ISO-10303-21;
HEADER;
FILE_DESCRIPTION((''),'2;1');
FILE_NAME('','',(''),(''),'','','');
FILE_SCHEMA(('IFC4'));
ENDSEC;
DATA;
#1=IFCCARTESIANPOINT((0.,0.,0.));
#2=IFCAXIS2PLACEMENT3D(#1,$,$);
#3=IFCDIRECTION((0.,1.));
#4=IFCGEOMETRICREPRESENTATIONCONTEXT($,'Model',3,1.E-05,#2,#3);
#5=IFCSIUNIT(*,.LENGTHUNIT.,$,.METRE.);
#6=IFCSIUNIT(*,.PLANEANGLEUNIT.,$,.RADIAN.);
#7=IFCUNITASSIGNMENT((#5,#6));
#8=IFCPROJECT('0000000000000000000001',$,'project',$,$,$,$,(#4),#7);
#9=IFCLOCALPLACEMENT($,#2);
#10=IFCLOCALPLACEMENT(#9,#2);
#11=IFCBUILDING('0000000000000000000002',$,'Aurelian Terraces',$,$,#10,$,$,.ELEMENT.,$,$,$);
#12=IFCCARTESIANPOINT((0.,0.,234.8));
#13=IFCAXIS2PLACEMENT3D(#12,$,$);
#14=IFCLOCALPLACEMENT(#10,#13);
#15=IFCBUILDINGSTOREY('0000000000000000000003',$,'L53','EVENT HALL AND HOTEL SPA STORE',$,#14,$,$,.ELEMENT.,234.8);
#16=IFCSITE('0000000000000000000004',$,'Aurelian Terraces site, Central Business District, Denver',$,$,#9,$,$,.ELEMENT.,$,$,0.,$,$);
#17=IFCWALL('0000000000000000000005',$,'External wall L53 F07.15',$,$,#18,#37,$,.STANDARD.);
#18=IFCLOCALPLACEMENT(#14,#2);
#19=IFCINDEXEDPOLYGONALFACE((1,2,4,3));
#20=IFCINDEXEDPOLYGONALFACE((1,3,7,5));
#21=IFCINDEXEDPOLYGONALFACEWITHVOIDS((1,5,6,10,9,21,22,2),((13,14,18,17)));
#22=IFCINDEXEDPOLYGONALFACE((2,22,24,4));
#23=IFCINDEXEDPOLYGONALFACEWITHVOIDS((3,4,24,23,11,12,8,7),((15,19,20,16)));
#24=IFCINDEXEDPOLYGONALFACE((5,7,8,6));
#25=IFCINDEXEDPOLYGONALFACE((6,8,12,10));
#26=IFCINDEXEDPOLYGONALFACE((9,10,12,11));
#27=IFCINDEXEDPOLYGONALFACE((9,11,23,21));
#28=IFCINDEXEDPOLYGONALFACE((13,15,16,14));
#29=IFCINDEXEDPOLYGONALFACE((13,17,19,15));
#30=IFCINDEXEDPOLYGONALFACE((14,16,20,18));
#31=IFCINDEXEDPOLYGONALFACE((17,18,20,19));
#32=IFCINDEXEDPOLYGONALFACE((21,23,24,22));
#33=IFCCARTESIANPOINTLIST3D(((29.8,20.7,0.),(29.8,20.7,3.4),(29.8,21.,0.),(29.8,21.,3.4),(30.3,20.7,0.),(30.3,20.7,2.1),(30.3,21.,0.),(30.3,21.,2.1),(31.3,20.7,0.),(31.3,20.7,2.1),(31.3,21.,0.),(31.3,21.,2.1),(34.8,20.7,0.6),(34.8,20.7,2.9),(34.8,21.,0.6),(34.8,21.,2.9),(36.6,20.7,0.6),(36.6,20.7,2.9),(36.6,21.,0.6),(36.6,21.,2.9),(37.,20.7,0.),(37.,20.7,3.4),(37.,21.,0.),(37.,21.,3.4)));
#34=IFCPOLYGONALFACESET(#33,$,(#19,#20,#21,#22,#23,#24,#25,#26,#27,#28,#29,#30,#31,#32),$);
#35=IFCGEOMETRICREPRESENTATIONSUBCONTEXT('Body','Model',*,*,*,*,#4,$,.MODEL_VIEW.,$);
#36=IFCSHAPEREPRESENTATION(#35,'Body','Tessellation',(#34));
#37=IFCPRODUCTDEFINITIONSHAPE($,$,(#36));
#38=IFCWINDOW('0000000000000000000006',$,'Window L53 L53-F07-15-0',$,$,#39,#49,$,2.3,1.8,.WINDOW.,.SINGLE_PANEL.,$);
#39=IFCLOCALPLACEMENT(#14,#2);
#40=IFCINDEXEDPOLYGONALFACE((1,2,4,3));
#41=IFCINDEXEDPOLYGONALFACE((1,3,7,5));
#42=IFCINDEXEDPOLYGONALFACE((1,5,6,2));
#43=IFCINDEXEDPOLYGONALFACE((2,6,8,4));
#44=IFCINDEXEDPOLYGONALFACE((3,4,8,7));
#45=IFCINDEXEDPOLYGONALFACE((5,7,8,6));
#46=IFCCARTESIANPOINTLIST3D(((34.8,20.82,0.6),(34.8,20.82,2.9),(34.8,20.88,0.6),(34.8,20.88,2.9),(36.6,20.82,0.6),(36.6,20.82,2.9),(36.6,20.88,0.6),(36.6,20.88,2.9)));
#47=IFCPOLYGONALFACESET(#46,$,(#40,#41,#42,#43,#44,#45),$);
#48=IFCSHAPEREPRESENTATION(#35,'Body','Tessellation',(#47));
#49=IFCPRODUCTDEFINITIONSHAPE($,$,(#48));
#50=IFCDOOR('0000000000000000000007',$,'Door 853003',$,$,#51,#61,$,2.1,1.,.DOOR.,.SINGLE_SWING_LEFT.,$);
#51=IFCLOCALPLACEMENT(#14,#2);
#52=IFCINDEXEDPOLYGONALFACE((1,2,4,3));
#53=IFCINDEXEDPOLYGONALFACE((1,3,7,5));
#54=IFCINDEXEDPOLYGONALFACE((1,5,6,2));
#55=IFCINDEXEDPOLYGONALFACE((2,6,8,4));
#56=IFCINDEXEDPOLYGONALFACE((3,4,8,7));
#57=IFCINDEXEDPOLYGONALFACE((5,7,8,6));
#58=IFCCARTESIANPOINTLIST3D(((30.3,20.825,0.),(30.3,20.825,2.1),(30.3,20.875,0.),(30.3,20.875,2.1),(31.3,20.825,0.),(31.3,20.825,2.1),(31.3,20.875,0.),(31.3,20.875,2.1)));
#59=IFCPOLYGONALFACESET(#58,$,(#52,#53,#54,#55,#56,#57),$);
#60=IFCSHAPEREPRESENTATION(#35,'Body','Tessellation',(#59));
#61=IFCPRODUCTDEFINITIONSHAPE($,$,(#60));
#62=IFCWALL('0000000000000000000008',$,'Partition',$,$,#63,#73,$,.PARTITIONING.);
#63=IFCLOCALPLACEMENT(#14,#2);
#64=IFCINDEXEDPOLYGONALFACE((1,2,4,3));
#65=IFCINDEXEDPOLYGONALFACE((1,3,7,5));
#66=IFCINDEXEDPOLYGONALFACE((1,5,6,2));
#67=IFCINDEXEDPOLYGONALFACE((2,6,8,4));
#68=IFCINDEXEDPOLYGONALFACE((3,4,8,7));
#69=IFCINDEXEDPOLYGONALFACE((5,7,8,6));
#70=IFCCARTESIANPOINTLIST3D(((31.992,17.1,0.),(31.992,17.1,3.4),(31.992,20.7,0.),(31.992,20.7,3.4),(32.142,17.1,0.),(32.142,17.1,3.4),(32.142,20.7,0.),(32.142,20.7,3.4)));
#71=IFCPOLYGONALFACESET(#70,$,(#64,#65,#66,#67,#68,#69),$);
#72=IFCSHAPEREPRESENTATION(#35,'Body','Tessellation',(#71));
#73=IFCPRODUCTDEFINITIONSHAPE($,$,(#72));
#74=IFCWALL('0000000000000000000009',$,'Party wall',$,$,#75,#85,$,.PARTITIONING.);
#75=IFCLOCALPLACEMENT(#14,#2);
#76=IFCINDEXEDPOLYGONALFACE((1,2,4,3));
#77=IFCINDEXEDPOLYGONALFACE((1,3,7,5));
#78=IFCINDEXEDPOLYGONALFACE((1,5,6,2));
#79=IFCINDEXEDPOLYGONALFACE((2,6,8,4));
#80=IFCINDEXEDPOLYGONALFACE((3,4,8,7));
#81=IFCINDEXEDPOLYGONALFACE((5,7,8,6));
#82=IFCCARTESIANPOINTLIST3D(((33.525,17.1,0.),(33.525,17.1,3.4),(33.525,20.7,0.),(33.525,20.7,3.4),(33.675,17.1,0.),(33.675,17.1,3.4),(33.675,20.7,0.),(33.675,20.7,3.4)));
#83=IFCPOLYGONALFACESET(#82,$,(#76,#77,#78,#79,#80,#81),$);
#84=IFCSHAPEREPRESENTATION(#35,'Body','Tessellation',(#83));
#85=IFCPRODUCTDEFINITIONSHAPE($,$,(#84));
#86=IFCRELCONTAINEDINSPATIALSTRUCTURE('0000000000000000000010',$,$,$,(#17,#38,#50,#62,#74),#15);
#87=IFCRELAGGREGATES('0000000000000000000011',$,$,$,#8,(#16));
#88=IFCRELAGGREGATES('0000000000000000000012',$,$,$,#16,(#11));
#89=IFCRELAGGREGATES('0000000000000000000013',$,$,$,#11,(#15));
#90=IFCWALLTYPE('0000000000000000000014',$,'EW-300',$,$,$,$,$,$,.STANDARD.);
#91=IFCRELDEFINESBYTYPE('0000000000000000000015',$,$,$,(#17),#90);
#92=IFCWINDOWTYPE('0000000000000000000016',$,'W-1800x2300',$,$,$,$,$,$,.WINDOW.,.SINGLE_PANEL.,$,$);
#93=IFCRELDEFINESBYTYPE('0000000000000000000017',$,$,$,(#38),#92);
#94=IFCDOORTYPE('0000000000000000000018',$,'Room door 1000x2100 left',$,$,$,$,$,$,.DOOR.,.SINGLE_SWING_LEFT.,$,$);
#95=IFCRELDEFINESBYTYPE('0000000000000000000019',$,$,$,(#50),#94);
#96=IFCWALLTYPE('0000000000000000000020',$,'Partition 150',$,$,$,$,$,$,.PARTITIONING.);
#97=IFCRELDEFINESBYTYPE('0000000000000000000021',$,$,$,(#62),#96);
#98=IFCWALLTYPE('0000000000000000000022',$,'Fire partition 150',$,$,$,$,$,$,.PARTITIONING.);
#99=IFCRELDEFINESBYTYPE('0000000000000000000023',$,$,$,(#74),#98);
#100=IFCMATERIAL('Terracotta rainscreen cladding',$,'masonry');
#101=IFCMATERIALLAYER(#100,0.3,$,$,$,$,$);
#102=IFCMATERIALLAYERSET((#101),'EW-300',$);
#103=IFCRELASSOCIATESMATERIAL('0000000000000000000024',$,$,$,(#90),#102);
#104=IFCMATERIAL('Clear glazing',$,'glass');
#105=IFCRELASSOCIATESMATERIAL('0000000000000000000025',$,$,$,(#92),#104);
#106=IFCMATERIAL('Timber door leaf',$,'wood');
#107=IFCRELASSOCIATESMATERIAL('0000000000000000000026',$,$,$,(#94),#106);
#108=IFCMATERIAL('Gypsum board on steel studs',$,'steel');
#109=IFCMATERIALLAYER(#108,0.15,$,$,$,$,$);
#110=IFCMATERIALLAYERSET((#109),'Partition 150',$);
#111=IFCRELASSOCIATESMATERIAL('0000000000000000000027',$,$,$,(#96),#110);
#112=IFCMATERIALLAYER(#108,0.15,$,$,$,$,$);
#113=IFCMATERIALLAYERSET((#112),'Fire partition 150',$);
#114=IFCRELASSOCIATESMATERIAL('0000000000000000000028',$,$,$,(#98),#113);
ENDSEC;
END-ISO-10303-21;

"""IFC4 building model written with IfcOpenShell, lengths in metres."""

from ifc_helpers import new_model, si_unit, direction, frame, frame_2d, origin, place, context, subcontext, project, spatial, rectangle, extrude, source, transform, mapped, material, layer, layer_set, type_object, element, fill, save


model = new_model("IFC4")

# Units and contexts
model_context = context("Model", 3, precision=1e-05, world=origin(), true_north=direction((0.0, 1.0)))
body_context = subcontext(model_context, "Body", "Model", "MODEL_VIEW")
ifc_project = project(units=[si_unit("LENGTHUNIT", "METRE"), si_unit("PLANEANGLEUNIT", "RADIAN")], contexts=[model_context])

# Site, building, storey
site_placement = place(None, origin())
site = spatial("IfcSite", under=ifc_project, at=site_placement, Name="Aurelian Terraces site, Central Business District, Denver", CompositionType="ELEMENT", RefElevation=0.0)
building_placement = place(site_placement, origin())
building = spatial("IfcBuilding", under=site, at=building_placement, Name="Aurelian Terraces", CompositionType="ELEMENT")
storey_placement = place(building_placement, frame((0.0, 0.0, 234.8)))
storey = spatial("IfcBuildingStorey", under=building, at=storey_placement, Name="L53", Description="EVENT HALL AND HOTEL SPA STORE", CompositionType="ELEMENT", Elevation=234.8)

# Shared definitions
ifc_material_1 = material(Name="Clear glazing", Category="glass")

# Wall, openings, window, door
ifc_material_2 = material(Name="Terracotta rainscreen cladding", Category="masonry")
ifc_layer_1 = layer(ifc_material_2, 0.3)
ifc_layer_set_1 = layer_set([ifc_layer_1], Name="EW-300")
wall_type_1 = type_object("IfcWallType", Name="EW-300", PredefinedType="STANDARD", material=ifc_layer_set_1)
shared_shape_1 = source(origin(), body_context, "Body", "SweptSolid", [
    extrude(rectangle(XDim=7.2, YDim=0.3, at=frame_2d((3.6, 0.0))), origin(), (0.0, 0.0, 1.0), 3.4),
])
wall_1_placement = place(storey_placement, frame((37.0, 20.85, 0.0), z_axis=(0.0, 0.0, 1.0), x_axis=(-1.0, 0.0, 0.0)))
wall_1 = element("IfcWall", 1, at=wall_1_placement, inside=storey, type_object=wall_type_1, Name="External wall L53 F07.15", PredefinedType="STANDARD", context=body_context, shape_type="MappedRepresentation", body=[
    mapped(shared_shape_1, transform((0.0, 0.0, 0.0), scale=1.0)),
])
shared_shape_2 = source(origin(), body_context, "Body", "SweptSolid", [
    extrude(rectangle(XDim=1.8, YDim=2.3, at=frame_2d((0.9, 1.15))), frame((0.0, 0.16, 0.0), z_axis=(0.0, -1.0, 0.0), x_axis=(1.0, 0.0, 0.0)), (0.0, 0.0, 1.0), 0.32),
])
opening_1_placement = place(wall_1_placement, frame((0.4, 0.0, 0.6)))
opening_1 = element("IfcOpeningElement", 2, at=opening_1_placement, cuts=wall_1, PredefinedType="OPENING", context=body_context, shape_type="MappedRepresentation", body=[
    mapped(shared_shape_2, transform((0.0, 0.0, 0.0), scale=1.0)),
])
shared_shape_3 = source(origin(), body_context, "Body", "SweptSolid", [
    extrude(rectangle(XDim=1.0, YDim=2.1, at=frame_2d((0.5, 1.05))), frame((0.0, 0.16, 0.0), z_axis=(0.0, -1.0, 0.0), x_axis=(1.0, 0.0, 0.0)), (0.0, 0.0, 1.0), 0.32),
])
opening_2_placement = place(wall_1_placement, frame((5.7, 0.0, 0.0)))
opening_2 = element("IfcOpeningElement", 3, at=opening_2_placement, cuts=wall_1, PredefinedType="OPENING", context=body_context, shape_type="MappedRepresentation", body=[
    mapped(shared_shape_3, transform((0.0, 0.0, 0.0), scale=1.0)),
])
window_type_1 = type_object("IfcWindowType", Name="W-1800x2300", PartitioningType="SINGLE_PANEL", PredefinedType="WINDOW", material=ifc_material_1)
shared_shape_4 = source(origin(), body_context, "Body", "SweptSolid", [
    extrude(rectangle(XDim=1.8, YDim=2.3, at=frame_2d((0.9, 1.15))), frame((0.0, 0.03, 0.0), z_axis=(0.0, -1.0, 0.0), x_axis=(1.0, 0.0, 0.0)), (0.0, 0.0, 1.0), 0.06),
])
window_1_placement = place(opening_1_placement, origin())
window_1 = element("IfcWindow", 4, at=window_1_placement, inside=storey, type_object=window_type_1, Name="Window L53 L53-F07-15-0", OverallHeight=2.3, OverallWidth=1.8, PartitioningType="SINGLE_PANEL", PredefinedType="WINDOW", context=body_context, shape_type="MappedRepresentation", body=[
    mapped(shared_shape_4, transform((0.0, 0.0, 0.0), scale=1.0)),
])
fill(opening_1, window_1)
ifc_material_3 = material(Name="Timber door leaf", Category="wood")
door_type = type_object("IfcDoorType", Name="Room door 1000x2100 left", OperationType="SINGLE_SWING_LEFT", PredefinedType="DOOR", material=ifc_material_3)
shared_shape_5 = source(origin(), body_context, "Body", "SweptSolid", [
    extrude(rectangle(XDim=1.0, YDim=2.1, at=frame_2d((0.5, 1.05))), frame((0.0, 0.025, 0.0), z_axis=(0.0, -1.0, 0.0), x_axis=(1.0, 0.0, 0.0)), (0.0, 0.0, 1.0), 0.05),
])
door_placement = place(opening_2_placement, origin())
door = element("IfcDoor", 5, at=door_placement, inside=storey, type_object=door_type, Name="Door 853003", OperationType="SINGLE_SWING_LEFT", OverallHeight=2.1, OverallWidth=1.0, PredefinedType="DOOR", context=body_context, shape_type="MappedRepresentation", body=[
    mapped(shared_shape_5, transform((0.0, 0.0, 0.0), scale=1.0)),
])
fill(opening_2, door)

# Walls
ifc_material_4 = material(Name="Gypsum board on steel studs", Category="steel")
ifc_layer_2 = layer(ifc_material_4, 0.15)
ifc_layer_set_2 = layer_set([ifc_layer_2], Name="Partition 150")
wall_type_2 = type_object("IfcWallType", Name="Partition 150", PredefinedType="PARTITIONING", material=ifc_layer_set_2)
shared_shape_6 = source(origin(), body_context, "Body", "SweptSolid", [
    extrude(rectangle(XDim=3.6, YDim=0.15, at=frame_2d((1.8, 0.0))), origin(), (0.0, 0.0, 1.0), 3.4),
])
wall_2_placement = place(storey_placement, frame((32.067, 20.7, 0.0), z_axis=(0.0, 0.0, 1.0), x_axis=(0.0, -1.0, 0.0)))
element("IfcWall", 6, at=wall_2_placement, inside=storey, type_object=wall_type_2, Name="Partition", PredefinedType="PARTITIONING", context=body_context, shape_type="MappedRepresentation", body=[
    mapped(shared_shape_6, transform((0.0, 0.0, 0.0), scale=1.0)),
])
ifc_layer_3 = layer(ifc_material_4, 0.15)
ifc_layer_set_3 = layer_set([ifc_layer_3], Name="Fire partition 150")
wall_type_3 = type_object("IfcWallType", Name="Fire partition 150", PredefinedType="PARTITIONING", material=ifc_layer_set_3)
wall_3_placement = place(storey_placement, frame((33.6, 17.1, 0.0), z_axis=(0.0, 0.0, 1.0), x_axis=(0.0, 1.0, 0.0)))
element("IfcWall", 7, at=wall_3_placement, inside=storey, type_object=wall_type_3, Name="Party wall", PredefinedType="PARTITIONING", context=body_context, shape_type="MappedRepresentation", body=[
    mapped(shared_shape_6, transform((0.0, 0.0, 0.0), scale=1.0)),
])

save(model, "model.ifc")
